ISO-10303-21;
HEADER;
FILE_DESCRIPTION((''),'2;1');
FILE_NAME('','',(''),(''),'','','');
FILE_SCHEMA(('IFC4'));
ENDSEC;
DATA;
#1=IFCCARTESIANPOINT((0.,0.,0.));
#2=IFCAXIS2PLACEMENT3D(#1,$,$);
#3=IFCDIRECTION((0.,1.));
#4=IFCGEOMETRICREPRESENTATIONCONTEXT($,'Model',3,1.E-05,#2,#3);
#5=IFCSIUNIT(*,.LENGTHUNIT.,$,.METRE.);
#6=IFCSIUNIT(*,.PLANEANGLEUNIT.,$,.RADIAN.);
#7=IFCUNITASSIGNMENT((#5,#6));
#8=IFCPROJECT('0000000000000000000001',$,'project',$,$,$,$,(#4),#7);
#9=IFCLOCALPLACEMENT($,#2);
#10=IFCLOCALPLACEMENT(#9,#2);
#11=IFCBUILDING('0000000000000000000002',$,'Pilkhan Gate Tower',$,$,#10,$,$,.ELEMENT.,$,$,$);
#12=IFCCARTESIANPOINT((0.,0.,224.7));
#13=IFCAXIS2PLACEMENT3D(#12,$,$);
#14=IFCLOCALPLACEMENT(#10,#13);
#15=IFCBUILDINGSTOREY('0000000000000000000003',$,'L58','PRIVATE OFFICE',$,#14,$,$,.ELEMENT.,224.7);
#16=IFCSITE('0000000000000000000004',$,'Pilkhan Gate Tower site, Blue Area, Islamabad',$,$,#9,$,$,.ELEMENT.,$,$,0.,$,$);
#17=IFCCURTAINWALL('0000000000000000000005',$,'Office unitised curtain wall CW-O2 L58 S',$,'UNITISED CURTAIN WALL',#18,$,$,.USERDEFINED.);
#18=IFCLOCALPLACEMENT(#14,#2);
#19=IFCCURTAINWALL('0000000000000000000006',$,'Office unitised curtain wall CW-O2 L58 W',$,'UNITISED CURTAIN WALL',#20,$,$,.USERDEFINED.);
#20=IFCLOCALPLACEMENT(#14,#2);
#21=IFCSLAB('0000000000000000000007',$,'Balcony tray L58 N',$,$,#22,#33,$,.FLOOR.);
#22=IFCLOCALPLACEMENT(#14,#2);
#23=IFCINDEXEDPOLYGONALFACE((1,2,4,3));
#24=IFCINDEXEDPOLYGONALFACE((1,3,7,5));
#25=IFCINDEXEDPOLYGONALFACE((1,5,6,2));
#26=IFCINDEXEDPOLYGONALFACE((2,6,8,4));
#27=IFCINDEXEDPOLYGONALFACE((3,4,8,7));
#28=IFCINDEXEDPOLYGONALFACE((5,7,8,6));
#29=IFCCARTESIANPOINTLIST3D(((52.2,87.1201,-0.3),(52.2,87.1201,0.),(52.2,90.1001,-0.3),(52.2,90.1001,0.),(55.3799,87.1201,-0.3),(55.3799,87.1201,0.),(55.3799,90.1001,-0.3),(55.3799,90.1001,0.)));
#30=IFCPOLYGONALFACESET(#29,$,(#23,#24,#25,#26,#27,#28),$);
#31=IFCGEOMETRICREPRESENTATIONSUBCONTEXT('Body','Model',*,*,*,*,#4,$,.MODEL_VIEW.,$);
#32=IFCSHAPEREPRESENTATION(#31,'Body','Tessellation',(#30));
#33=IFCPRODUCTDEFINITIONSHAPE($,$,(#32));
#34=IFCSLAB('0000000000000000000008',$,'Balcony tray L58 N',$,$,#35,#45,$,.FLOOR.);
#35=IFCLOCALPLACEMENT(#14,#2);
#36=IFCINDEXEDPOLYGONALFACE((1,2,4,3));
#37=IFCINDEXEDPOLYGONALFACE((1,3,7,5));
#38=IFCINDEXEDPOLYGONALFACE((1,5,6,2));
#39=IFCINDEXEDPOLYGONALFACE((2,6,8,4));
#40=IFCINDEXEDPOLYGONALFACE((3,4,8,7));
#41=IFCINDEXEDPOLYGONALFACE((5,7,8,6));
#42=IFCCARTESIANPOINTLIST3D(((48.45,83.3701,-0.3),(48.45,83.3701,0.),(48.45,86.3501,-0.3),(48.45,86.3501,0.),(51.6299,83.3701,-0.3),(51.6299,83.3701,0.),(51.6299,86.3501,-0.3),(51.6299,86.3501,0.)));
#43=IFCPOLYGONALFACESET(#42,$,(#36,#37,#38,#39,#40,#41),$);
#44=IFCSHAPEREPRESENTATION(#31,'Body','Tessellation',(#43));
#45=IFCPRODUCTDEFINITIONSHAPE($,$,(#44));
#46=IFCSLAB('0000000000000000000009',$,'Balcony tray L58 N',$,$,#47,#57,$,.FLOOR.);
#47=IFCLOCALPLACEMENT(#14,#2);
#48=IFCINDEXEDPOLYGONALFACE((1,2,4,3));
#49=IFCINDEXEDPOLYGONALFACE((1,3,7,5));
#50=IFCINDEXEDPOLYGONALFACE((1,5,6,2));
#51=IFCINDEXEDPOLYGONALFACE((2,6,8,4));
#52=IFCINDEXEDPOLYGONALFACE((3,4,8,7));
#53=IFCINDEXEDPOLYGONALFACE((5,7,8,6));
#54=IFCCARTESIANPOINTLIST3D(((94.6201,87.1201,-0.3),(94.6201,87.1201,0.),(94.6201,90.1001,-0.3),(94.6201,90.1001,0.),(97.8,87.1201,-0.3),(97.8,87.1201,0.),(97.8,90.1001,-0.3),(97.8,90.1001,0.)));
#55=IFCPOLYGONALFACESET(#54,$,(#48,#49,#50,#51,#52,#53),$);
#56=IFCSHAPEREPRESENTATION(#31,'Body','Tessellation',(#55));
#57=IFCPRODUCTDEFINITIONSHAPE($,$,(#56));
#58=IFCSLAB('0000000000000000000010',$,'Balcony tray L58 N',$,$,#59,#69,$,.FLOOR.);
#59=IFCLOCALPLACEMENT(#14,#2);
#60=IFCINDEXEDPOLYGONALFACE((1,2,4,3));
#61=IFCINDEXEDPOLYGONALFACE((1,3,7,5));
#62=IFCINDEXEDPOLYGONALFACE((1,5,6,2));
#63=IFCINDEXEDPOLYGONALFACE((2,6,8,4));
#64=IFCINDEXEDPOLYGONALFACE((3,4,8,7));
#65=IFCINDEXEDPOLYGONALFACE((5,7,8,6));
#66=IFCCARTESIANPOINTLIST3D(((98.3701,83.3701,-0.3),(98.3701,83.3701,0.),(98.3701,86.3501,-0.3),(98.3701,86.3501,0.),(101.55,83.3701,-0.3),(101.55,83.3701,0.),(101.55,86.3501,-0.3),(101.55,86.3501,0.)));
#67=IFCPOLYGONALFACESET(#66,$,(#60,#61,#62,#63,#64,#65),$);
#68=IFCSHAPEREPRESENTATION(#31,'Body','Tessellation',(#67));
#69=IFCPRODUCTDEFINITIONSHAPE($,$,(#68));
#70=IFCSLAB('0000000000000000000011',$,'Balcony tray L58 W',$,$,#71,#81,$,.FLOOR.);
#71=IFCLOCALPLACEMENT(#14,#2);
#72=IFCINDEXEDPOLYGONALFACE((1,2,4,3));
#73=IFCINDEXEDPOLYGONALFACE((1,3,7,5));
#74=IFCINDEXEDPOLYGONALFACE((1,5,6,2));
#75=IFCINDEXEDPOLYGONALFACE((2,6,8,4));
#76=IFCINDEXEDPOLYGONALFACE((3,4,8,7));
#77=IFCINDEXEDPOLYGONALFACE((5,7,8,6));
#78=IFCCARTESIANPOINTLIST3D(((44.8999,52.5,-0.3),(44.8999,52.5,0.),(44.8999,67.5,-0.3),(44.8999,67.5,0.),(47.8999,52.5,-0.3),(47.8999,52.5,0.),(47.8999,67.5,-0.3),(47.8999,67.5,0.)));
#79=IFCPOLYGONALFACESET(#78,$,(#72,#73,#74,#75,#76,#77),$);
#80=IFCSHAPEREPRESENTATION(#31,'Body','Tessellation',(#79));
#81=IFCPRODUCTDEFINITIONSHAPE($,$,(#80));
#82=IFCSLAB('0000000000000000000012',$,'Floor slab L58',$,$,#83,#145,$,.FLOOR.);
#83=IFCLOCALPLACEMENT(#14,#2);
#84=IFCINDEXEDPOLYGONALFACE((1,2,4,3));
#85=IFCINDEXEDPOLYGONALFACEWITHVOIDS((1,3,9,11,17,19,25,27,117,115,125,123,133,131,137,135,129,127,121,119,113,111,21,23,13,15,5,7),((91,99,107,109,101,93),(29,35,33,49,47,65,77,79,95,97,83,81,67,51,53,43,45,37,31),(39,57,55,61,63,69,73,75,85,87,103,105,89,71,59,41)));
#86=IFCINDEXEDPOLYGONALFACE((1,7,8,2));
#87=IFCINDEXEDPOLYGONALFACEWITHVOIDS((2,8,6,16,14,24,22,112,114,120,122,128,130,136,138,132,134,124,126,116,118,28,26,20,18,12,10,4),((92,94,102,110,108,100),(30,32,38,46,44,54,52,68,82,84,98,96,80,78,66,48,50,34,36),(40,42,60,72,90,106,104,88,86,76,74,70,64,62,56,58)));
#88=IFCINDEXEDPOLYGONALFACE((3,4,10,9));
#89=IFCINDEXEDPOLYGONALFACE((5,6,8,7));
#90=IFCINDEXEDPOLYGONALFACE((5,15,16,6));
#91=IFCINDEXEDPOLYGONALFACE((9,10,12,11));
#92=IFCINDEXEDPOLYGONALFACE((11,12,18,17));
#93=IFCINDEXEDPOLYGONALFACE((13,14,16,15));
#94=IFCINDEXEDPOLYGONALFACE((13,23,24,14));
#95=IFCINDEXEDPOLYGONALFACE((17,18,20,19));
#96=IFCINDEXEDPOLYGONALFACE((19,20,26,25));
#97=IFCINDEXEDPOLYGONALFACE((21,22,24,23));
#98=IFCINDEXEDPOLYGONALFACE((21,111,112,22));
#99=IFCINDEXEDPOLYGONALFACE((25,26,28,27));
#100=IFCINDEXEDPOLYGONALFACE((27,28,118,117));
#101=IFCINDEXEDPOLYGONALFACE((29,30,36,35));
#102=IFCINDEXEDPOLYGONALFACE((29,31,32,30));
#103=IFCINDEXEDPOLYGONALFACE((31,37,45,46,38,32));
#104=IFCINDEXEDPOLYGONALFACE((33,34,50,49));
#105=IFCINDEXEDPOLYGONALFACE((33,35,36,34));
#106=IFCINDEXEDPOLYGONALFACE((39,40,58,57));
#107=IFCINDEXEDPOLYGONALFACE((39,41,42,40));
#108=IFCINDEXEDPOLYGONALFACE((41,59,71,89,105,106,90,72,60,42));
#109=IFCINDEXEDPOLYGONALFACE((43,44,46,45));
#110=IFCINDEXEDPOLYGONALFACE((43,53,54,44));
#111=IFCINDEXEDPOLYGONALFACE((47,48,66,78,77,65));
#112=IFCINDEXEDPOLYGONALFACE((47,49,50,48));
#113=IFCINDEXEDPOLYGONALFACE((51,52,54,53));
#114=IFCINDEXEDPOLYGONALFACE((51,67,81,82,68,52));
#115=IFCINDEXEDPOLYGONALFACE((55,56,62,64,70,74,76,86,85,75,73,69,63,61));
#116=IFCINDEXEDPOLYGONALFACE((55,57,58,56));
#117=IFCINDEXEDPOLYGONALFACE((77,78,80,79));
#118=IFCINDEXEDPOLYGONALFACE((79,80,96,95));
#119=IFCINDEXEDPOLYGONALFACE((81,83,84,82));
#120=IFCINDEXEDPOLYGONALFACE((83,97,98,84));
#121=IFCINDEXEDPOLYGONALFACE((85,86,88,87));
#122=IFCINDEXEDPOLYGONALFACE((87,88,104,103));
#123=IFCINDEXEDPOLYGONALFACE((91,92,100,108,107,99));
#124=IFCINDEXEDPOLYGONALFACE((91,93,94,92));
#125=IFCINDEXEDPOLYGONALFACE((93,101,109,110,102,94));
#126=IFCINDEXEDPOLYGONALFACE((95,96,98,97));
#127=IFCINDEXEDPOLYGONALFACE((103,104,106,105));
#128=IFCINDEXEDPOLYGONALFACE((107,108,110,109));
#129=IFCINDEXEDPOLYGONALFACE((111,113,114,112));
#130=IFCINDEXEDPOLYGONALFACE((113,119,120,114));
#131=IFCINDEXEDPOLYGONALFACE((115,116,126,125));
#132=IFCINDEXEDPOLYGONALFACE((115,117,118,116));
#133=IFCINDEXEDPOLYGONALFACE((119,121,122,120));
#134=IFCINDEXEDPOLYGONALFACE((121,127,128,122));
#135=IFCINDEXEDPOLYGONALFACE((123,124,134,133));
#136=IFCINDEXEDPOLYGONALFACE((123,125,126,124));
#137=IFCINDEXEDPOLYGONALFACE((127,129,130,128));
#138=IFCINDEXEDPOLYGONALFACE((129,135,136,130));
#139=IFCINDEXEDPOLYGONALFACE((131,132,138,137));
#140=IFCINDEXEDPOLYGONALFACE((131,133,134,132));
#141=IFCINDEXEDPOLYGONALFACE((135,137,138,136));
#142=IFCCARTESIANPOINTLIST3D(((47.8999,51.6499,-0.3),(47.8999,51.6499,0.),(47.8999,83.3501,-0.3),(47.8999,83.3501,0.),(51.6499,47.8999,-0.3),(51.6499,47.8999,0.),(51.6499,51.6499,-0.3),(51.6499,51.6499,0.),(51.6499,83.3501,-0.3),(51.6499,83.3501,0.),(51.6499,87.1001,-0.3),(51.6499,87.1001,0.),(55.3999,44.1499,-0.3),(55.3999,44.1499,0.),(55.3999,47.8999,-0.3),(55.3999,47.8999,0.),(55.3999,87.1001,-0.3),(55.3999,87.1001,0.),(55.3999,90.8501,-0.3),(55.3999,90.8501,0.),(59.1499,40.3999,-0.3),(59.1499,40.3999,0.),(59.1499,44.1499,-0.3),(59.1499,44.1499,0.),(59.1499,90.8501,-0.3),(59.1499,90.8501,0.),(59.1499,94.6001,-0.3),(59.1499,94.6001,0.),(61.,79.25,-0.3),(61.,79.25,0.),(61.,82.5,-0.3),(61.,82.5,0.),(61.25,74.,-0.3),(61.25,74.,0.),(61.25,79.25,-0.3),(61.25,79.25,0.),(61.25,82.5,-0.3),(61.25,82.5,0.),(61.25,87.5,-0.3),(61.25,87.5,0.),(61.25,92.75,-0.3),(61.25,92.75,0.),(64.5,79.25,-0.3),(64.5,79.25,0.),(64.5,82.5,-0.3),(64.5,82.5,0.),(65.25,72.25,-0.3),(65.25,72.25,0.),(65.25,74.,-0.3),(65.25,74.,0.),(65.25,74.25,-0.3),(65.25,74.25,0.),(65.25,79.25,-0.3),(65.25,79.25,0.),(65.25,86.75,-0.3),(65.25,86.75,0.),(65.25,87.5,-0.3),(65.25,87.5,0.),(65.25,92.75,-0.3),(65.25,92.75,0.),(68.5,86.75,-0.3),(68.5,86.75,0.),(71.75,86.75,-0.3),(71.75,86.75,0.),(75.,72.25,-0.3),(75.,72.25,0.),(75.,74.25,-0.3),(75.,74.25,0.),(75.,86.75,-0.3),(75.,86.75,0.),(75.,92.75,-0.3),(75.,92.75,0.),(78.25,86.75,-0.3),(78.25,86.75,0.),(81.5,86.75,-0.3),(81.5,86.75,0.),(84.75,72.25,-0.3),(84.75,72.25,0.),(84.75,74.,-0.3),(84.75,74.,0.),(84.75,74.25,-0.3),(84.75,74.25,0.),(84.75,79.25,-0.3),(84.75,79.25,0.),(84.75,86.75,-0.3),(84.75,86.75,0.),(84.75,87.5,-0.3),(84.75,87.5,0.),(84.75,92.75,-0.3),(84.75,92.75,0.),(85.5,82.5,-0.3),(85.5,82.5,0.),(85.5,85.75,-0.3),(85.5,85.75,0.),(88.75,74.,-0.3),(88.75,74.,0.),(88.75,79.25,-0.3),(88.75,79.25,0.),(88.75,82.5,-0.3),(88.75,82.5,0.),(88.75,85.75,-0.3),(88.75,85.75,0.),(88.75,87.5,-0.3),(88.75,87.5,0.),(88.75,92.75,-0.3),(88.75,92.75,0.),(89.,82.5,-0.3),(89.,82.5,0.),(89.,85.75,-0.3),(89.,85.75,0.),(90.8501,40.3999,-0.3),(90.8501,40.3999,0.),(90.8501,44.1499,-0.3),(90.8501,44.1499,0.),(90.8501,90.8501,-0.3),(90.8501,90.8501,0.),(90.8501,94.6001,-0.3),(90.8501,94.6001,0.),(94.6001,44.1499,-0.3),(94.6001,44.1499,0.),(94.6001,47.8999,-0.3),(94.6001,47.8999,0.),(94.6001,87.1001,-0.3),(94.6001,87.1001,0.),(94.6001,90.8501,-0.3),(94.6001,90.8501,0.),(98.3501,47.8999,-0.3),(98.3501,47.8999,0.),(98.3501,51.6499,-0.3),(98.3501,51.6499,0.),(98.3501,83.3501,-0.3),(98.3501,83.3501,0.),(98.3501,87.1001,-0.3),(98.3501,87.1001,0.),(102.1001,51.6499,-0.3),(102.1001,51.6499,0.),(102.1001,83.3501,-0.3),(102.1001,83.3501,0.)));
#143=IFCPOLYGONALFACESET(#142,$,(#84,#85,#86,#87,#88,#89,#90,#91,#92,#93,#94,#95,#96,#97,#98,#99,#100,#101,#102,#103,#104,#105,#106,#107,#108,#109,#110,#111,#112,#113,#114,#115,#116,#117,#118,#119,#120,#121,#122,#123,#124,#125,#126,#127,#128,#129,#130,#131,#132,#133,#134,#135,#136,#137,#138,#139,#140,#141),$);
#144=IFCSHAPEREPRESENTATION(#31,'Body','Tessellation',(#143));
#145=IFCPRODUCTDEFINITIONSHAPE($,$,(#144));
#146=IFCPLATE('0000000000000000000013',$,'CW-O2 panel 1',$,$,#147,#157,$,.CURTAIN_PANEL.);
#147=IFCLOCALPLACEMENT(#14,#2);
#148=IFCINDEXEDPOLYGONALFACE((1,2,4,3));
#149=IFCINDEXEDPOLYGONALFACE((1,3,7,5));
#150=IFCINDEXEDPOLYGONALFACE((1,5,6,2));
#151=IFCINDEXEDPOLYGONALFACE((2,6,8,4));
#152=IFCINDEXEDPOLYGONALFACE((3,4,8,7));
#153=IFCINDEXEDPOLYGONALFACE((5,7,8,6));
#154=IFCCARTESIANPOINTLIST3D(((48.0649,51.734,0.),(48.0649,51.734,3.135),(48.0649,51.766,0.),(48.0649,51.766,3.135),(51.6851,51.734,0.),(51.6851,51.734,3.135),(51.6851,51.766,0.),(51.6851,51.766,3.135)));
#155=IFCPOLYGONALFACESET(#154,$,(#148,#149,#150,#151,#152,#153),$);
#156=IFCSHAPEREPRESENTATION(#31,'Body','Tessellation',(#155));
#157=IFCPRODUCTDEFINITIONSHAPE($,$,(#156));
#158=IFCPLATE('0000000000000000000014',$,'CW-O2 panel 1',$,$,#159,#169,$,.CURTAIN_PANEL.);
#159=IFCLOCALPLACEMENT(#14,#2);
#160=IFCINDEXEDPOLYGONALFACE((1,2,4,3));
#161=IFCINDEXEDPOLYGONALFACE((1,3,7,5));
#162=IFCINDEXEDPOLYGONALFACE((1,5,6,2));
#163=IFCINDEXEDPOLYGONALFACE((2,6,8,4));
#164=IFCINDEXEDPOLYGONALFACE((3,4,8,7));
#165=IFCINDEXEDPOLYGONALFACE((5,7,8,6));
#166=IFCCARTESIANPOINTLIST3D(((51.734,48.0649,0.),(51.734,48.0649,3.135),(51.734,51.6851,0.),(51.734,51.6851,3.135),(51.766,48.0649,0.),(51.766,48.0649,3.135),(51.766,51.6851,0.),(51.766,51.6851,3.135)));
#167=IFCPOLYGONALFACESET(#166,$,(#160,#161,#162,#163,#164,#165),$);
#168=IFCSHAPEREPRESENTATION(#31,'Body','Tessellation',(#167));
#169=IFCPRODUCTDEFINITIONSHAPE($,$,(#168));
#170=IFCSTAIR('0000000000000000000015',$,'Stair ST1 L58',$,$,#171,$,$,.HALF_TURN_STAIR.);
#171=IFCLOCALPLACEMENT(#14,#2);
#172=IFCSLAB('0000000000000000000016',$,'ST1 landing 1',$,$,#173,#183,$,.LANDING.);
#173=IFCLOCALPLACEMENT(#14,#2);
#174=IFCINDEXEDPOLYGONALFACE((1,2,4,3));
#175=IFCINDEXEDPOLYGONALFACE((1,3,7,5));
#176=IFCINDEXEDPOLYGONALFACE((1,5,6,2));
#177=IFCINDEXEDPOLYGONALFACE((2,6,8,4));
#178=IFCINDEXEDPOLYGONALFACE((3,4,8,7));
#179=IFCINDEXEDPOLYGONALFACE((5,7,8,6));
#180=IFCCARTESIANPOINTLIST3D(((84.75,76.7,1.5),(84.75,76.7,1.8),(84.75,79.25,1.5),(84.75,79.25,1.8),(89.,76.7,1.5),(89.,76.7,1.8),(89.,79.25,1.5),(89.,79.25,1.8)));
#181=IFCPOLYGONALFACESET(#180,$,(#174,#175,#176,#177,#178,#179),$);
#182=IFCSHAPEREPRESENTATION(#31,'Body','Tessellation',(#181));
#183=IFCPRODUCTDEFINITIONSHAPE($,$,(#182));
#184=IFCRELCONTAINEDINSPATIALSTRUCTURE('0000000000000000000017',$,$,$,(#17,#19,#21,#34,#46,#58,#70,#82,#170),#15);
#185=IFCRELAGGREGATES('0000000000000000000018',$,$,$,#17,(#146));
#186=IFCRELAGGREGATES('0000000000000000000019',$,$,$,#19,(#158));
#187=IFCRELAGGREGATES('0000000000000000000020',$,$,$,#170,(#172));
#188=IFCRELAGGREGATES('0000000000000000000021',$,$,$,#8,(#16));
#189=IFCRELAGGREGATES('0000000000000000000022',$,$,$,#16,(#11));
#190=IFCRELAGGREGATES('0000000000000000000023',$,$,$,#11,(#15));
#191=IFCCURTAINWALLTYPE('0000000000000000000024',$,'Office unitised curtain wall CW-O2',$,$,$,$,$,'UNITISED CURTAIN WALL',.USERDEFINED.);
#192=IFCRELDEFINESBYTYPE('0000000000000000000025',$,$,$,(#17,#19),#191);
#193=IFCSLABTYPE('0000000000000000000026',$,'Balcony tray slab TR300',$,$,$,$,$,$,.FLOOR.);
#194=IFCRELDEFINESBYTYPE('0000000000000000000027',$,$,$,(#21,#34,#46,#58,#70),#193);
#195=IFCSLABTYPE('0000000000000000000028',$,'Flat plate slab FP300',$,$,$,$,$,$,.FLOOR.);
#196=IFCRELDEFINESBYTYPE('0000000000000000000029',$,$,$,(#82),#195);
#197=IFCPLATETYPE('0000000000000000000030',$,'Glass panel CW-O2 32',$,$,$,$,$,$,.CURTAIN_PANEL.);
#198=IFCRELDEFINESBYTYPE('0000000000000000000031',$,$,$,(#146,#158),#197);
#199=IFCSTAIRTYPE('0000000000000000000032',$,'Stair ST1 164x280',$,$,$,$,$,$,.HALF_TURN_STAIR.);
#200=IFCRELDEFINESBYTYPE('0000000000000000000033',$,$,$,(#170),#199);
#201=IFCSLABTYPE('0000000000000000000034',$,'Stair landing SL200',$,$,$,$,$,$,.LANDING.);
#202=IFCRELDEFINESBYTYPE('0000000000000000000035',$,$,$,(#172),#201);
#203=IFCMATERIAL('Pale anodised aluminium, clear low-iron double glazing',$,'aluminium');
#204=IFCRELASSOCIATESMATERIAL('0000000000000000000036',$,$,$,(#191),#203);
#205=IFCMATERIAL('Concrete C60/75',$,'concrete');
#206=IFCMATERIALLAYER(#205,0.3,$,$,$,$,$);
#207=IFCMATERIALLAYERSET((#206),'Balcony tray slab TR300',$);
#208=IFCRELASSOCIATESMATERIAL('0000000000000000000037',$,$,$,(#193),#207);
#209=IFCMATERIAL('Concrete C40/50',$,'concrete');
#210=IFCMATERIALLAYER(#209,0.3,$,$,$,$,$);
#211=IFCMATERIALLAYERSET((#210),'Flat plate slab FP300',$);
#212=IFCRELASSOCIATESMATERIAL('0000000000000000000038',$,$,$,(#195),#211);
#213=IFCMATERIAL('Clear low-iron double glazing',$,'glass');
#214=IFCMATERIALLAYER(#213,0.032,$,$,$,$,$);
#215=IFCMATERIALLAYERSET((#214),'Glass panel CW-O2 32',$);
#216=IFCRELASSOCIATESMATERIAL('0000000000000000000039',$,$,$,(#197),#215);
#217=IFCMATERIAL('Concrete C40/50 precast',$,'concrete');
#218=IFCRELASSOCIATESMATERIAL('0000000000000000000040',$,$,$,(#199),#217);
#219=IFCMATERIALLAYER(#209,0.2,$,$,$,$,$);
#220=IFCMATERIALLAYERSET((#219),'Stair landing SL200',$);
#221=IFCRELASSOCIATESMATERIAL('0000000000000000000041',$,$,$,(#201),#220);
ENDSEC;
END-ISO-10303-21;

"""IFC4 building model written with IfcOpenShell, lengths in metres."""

from ifc_helpers import new_model, si_unit, direction, frame, origin, origin_2d, place, context, subcontext, project, spatial, polyline, rectangle, outline, extrude, material, layer, layer_set, type_object, element, aggregate, save


model = new_model("IFC4")

# Units and contexts
model_context = context("Model", 3, precision=1e-05, world=origin(), true_north=direction((0.0, 1.0)))
body_context = subcontext(model_context, "Body", "Model", "MODEL_VIEW")
ifc_project = project(units=[si_unit("LENGTHUNIT", "METRE"), si_unit("PLANEANGLEUNIT", "RADIAN")], contexts=[model_context])

# Site, building, storey
site_placement = place(None, origin())
site = spatial("IfcSite", under=ifc_project, at=site_placement, Name="Pilkhan Gate Tower site, Blue Area, Islamabad", CompositionType="ELEMENT", RefElevation=0.0)
building_placement = place(site_placement, origin())
building = spatial("IfcBuilding", under=site, at=building_placement, Name="Pilkhan Gate Tower", CompositionType="ELEMENT")
storey_placement = place(building_placement, frame((0.0, 0.0, 224.7)))
storey = spatial("IfcBuildingStorey", under=building, at=storey_placement, Name="L58", Description="PRIVATE OFFICE", CompositionType="ELEMENT", Elevation=224.7)

# Shared definitions
ifc_material_1 = material(Name="Pale anodised aluminium, clear low-iron double glazing", Category="aluminium")
curtain_wall_type = type_object("IfcCurtainWallType", Name="Office unitised curtain wall CW-O2", ElementType="UNITISED CURTAIN WALL", PredefinedType="USERDEFINED", material=ifc_material_1)

# Curtain walls
curtain_wall_1_placement = place(storey_placement, origin())
curtain_wall_1 = element("IfcCurtainWall", 1, at=curtain_wall_1_placement, inside=storey, type_object=curtain_wall_type, Name="Office unitised curtain wall CW-O2 L58 S", ObjectType="UNITISED CURTAIN WALL", PredefinedType="USERDEFINED")
curtain_wall_2_placement = place(storey_placement, origin())
curtain_wall_2 = element("IfcCurtainWall", 2, at=curtain_wall_2_placement, inside=storey, type_object=curtain_wall_type, Name="Office unitised curtain wall CW-O2 L58 W", ObjectType="UNITISED CURTAIN WALL", PredefinedType="USERDEFINED")

# Slabs
ifc_material_2 = material(Name="Concrete C60/75", Category="concrete")
ifc_layer_1 = layer(ifc_material_2, 0.3)
ifc_layer_set_1 = layer_set([ifc_layer_1], Name="Balcony tray slab TR300")
slab_type_1 = type_object("IfcSlabType", Name="Balcony tray slab TR300", PredefinedType="FLOOR", material=ifc_layer_set_1)
slab_1_placement = place(storey_placement, frame((0.0, 0.0, -0.3)))
element("IfcSlab", 3, at=slab_1_placement, inside=storey, type_object=slab_type_1, Name="Balcony tray L58 N", PredefinedType="FLOOR", context=body_context, shape_type="SweptSolid", body=[
    extrude(outline(polyline([(55.3799, 87.1201), (55.3799, 90.1001), (52.2, 90.1001), (52.2, 87.1201), (55.3799, 87.1201)])), origin(), (0.0, 0.0, 1.0), 0.3),
])
slab_2_placement = place(storey_placement, frame((0.0, 0.0, -0.3)))
element("IfcSlab", 4, at=slab_2_placement, inside=storey, type_object=slab_type_1, Name="Balcony tray L58 N", PredefinedType="FLOOR", context=body_context, shape_type="SweptSolid", body=[
    extrude(outline(polyline([(51.6299, 83.3701), (51.6299, 86.3501), (48.45, 86.3501), (48.45, 83.3701), (51.6299, 83.3701)])), origin(), (0.0, 0.0, 1.0), 0.3),
])
slab_3_placement = place(storey_placement, frame((0.0, 0.0, -0.3)))
element("IfcSlab", 5, at=slab_3_placement, inside=storey, type_object=slab_type_1, Name="Balcony tray L58 N", PredefinedType="FLOOR", context=body_context, shape_type="SweptSolid", body=[
    extrude(outline(polyline([(97.8, 87.1201), (97.8, 90.1001), (94.6201, 90.1001), (94.6201, 87.1201), (97.8, 87.1201)])), origin(), (0.0, 0.0, 1.0), 0.3),
])
slab_4_placement = place(storey_placement, frame((0.0, 0.0, -0.3)))
element("IfcSlab", 6, at=slab_4_placement, inside=storey, type_object=slab_type_1, Name="Balcony tray L58 N", PredefinedType="FLOOR", context=body_context, shape_type="SweptSolid", body=[
    extrude(outline(polyline([(101.55, 83.3701), (101.55, 86.3501), (98.3701, 86.3501), (98.3701, 83.3701), (101.55, 83.3701)])), origin(), (0.0, 0.0, 1.0), 0.3),
])
slab_5_placement = place(storey_placement, frame((0.0, 0.0, -0.3)))
element("IfcSlab", 7, at=slab_5_placement, inside=storey, type_object=slab_type_1, Name="Balcony tray L58 W", PredefinedType="FLOOR", context=body_context, shape_type="SweptSolid", body=[
    extrude(outline(polyline([(47.8999, 52.5), (47.8999, 67.5), (44.8999, 67.5), (44.8999, 52.5), (47.8999, 52.5)])), origin(), (0.0, 0.0, 1.0), 0.3),
])
ifc_material_3 = material(Name="Concrete C40/50", Category="concrete")
ifc_layer_2 = layer(ifc_material_3, 0.3)
ifc_layer_set_2 = layer_set([ifc_layer_2], Name="Flat plate slab FP300")
slab_type_2 = type_object("IfcSlabType", Name="Flat plate slab FP300", PredefinedType="FLOOR", material=ifc_layer_set_2)
slab_6_placement = place(storey_placement, frame((0.0, 0.0, -0.3)))
element("IfcSlab", 8, at=slab_6_placement, inside=storey, type_object=slab_type_2, Name="Floor slab L58", PredefinedType="FLOOR", context=body_context, shape_type="SweptSolid", body=[
    extrude(outline(polyline([(98.3501, 47.8999), (94.6001, 47.8999), (94.6001, 44.1499), (90.8501, 44.1499), (90.8501, 40.3999), (59.1499, 40.3999), (59.1499, 44.1499), (55.3999, 44.1499), (55.3999, 47.8999), (51.6499, 47.8999), (51.6499, 51.6499), (47.8999, 51.6499), (47.8999, 83.3501), (51.6499, 83.3501), (51.6499, 87.1001), (55.3999, 87.1001), (55.3999, 90.8501), (59.1499, 90.8501), (59.1499, 94.6001), (90.8501, 94.6001), (90.8501, 90.8501), (94.6001, 90.8501), (94.6001, 87.1001), (98.3501, 87.1001), (98.3501, 83.3501), (102.1001, 83.3501), (102.1001, 51.6499), (98.3501, 51.6499), (98.3501, 47.8999)]), holes=[polyline([(75.0, 72.25), (84.75, 72.25), (84.75, 74.0), (88.75, 74.0), (88.75, 79.25), (84.75, 79.25), (84.75, 74.25), (75.0, 74.25), (65.25, 74.25), (65.25, 79.25), (64.5, 79.25), (64.5, 82.5), (61.25, 82.5), (61.0, 82.5), (61.0, 79.25), (61.25, 79.25), (61.25, 74.0), (65.25, 74.0), (65.25, 72.25), (75.0, 72.25)]), polyline([(68.5, 86.75), (71.75, 86.75), (75.0, 86.75), (78.25, 86.75), (81.5, 86.75), (84.75, 86.75), (84.75, 87.5), (88.75, 87.5), (88.75, 92.75), (84.75, 92.75), (75.0, 92.75), (65.25, 92.75), (61.25, 92.75), (61.25, 87.5), (65.25, 87.5), (65.25, 86.75), (68.5, 86.75)]), polyline([(85.5, 85.75), (85.5, 82.5), (88.75, 82.5), (89.0, 82.5), (89.0, 85.75), (88.75, 85.75), (85.5, 85.75)])]), origin(), (0.0, 0.0, 1.0), 0.3),
])

# Plates
ifc_material_4 = material(Name="Clear low-iron double glazing", Category="glass")
ifc_layer_3 = layer(ifc_material_4, 0.032)
ifc_layer_set_3 = layer_set([ifc_layer_3], Name="Glass panel CW-O2 32")
plate_type = type_object("IfcPlateType", Name="Glass panel CW-O2 32", PredefinedType="CURTAIN_PANEL", material=ifc_layer_set_3)
plate_1_placement = place(storey_placement, frame((49.875, 51.75, 0.0), z_axis=(0.0, 0.0, 1.0), x_axis=(1.0, 0.0, 0.0)))
plate_1 = element("IfcPlate", 9, at=plate_1_placement, type_object=plate_type, Name="CW-O2 panel 1", PredefinedType="CURTAIN_PANEL", context=body_context, shape_type="SweptSolid", body=[
    extrude(rectangle(XDim=3.6201, YDim=0.032, at=origin_2d()), origin(), (0.0, 0.0, 1.0), 3.135),
])
aggregate(curtain_wall_1, [plate_1])
plate_2_placement = place(storey_placement, frame((51.75, 49.875, 0.0), z_axis=(0.0, 0.0, 1.0), x_axis=(0.0, 1.0, 0.0)))
plate_2 = element("IfcPlate", 10, at=plate_2_placement, type_object=plate_type, Name="CW-O2 panel 1", PredefinedType="CURTAIN_PANEL", context=body_context, shape_type="SweptSolid", body=[
    extrude(rectangle(XDim=3.6201, YDim=0.032, at=origin_2d()), origin(), (0.0, 0.0, 1.0), 3.135),
])
aggregate(curtain_wall_2, [plate_2])

# Stair, slab
ifc_material_5 = material(Name="Concrete C40/50 precast", Category="concrete")
stair_type_1 = type_object("IfcStairType", Name="Stair ST1 164x280", PredefinedType="HALF_TURN_STAIR", material=ifc_material_5)
stair_1_placement = place(storey_placement, origin())
stair_1 = element("IfcStair", 11, at=stair_1_placement, inside=storey, type_object=stair_type_1, Name="Stair ST1 L58", PredefinedType="HALF_TURN_STAIR")
ifc_layer_4 = layer(ifc_material_3, 0.2)
ifc_layer_set_4 = layer_set([ifc_layer_4], Name="Stair landing SL200")
slab_type_3 = type_object("IfcSlabType", Name="Stair landing SL200", PredefinedType="LANDING", material=ifc_layer_set_4)
slab_7_placement = place(storey_placement, frame((0.0, 0.0, 1.5)))
slab_7 = element("IfcSlab", 12, at=slab_7_placement, type_object=slab_type_3, Name="ST1 landing 1", PredefinedType="LANDING", context=body_context, shape_type="SweptSolid", body=[
    extrude(outline(polyline([(89.0, 76.7), (89.0, 79.25), (84.75, 79.25), (84.75, 76.7), (89.0, 76.7)])), origin(), (0.0, 0.0, 1.0), 0.3),
])
aggregate(stair_1, [slab_7])

save(model, "model.ifc")
